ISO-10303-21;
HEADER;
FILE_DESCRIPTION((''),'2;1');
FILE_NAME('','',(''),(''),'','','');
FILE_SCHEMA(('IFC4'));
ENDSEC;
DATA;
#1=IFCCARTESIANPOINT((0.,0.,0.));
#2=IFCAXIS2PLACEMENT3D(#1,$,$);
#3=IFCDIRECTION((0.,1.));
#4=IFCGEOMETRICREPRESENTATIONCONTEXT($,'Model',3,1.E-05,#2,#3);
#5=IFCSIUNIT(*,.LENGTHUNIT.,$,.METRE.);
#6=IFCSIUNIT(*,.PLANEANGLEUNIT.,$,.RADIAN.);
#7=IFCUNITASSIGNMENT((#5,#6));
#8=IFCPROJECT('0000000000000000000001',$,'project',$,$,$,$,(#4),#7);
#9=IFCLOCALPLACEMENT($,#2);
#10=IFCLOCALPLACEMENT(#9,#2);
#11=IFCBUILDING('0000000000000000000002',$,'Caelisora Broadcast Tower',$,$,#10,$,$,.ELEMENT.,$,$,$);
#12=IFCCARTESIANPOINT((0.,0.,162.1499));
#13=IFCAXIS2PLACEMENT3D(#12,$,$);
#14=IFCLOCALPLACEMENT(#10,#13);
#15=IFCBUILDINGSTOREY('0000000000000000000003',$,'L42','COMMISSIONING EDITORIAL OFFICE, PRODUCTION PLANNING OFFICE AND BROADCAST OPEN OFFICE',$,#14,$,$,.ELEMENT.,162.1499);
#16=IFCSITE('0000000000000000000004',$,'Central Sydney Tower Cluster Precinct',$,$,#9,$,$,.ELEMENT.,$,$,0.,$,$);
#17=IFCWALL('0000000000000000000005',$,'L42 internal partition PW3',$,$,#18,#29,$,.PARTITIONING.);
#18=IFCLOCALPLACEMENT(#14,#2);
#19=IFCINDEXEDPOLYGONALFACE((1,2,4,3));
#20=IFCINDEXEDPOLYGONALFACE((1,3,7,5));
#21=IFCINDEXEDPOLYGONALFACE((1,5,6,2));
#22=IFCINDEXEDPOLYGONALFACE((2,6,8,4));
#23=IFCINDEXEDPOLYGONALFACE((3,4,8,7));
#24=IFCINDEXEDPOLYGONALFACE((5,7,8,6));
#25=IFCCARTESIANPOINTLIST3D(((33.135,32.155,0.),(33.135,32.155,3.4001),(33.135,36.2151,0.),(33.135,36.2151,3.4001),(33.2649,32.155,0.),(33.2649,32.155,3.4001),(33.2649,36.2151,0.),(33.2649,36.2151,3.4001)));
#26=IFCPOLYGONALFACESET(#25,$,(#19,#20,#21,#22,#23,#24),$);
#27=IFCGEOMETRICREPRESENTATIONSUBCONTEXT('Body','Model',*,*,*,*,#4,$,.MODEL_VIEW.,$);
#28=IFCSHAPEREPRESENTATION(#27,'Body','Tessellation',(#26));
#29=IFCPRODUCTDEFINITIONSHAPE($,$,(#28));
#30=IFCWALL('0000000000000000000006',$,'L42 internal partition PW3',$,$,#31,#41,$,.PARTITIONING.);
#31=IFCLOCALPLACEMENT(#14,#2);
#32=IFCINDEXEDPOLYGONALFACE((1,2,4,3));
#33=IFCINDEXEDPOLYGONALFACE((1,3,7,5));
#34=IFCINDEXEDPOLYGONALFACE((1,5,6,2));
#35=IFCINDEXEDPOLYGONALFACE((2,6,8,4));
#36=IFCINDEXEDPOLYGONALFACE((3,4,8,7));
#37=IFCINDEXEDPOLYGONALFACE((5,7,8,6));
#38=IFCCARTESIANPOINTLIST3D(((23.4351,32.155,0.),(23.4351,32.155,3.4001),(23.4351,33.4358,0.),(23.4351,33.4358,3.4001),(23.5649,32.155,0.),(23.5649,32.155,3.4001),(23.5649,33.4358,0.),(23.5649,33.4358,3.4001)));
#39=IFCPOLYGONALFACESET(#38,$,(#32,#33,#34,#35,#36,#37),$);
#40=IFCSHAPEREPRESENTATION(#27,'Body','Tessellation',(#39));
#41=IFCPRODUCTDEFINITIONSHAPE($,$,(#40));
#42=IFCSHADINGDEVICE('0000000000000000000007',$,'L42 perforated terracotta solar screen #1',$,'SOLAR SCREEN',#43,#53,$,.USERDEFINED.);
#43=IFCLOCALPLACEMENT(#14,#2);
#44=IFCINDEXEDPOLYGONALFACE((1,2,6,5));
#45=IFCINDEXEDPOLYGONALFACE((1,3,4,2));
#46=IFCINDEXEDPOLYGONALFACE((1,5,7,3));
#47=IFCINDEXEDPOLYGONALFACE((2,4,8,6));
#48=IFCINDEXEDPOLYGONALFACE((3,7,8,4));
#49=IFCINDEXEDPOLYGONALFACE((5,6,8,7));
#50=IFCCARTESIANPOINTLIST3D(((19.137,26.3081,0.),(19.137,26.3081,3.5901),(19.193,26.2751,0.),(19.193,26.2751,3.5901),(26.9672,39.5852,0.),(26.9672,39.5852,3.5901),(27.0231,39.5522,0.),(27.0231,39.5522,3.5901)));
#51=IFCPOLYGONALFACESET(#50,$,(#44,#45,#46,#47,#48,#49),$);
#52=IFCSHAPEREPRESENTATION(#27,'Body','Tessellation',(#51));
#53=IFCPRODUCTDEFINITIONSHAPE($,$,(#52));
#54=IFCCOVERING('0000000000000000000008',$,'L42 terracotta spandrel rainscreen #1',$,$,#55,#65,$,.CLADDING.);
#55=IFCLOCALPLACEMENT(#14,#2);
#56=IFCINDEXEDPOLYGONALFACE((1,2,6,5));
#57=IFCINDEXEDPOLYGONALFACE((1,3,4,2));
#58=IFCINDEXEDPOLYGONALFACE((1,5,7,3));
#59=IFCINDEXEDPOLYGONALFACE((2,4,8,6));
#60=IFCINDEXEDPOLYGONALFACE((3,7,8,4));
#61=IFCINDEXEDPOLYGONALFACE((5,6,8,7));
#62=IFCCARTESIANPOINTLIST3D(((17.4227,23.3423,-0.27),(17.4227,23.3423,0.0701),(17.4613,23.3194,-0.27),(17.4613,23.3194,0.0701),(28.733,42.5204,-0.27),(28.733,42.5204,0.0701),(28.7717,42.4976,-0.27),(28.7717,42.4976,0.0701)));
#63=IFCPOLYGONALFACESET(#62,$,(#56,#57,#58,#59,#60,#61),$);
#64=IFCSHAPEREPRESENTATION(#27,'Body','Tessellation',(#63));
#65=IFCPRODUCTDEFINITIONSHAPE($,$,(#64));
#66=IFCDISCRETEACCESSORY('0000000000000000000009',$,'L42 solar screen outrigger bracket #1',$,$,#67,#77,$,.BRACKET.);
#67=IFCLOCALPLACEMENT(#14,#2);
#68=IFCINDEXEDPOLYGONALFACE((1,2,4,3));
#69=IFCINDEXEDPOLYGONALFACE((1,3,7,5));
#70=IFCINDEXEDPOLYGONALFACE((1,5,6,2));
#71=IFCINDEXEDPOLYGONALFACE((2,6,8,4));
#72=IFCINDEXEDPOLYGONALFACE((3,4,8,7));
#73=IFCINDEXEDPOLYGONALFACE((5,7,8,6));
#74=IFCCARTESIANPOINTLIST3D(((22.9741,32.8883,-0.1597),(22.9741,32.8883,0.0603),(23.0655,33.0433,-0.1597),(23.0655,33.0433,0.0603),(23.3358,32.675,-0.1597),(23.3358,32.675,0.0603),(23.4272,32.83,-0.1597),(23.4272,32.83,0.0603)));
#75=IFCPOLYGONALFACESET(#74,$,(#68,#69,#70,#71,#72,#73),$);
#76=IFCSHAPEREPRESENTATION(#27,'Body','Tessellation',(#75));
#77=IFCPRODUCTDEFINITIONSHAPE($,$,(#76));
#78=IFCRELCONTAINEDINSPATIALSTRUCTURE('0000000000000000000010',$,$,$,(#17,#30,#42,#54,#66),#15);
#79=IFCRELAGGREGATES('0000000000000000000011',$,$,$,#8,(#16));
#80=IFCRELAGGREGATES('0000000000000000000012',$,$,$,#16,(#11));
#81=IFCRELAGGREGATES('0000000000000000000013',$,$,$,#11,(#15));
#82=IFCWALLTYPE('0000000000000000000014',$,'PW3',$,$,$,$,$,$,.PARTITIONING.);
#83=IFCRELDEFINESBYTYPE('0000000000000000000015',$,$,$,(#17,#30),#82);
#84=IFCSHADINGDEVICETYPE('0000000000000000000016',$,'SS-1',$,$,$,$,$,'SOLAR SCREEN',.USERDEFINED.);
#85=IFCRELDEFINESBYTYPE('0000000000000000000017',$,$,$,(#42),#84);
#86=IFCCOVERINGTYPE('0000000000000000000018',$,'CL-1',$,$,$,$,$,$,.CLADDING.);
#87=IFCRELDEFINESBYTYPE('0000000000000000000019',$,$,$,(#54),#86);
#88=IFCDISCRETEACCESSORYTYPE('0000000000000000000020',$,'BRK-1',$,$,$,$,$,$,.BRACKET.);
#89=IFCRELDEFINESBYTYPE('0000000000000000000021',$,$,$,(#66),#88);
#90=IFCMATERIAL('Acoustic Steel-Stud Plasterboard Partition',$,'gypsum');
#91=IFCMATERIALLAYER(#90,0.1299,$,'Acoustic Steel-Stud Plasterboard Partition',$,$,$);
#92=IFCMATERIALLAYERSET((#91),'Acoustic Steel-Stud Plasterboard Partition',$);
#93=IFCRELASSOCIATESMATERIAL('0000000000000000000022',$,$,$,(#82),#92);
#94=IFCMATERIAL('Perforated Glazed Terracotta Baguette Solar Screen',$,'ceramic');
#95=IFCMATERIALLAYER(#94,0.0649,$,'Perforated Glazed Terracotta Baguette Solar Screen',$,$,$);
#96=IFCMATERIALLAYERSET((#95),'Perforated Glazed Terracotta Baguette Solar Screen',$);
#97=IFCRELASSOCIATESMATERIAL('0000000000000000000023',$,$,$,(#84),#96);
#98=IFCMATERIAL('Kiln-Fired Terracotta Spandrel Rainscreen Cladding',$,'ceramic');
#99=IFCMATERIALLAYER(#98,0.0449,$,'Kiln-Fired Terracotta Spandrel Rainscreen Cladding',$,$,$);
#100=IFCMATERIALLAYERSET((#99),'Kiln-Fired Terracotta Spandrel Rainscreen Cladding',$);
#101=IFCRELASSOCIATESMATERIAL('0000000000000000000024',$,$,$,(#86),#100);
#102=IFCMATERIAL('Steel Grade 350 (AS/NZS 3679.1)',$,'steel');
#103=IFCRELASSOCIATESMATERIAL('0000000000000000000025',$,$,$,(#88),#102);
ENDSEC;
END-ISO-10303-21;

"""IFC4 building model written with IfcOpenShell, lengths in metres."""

from ifc_helpers import new_model, si_unit, direction, frame, frame_2d, origin, origin_2d, place, context, subcontext, project, spatial, rectangle, extrude, source, transform, mapped, material, layer, layer_set, type_object, type_shapes, element, save


model = new_model("IFC4")

# Units and contexts
model_context = context("Model", 3, precision=1e-05, world=origin(), true_north=direction((0.0, 1.0)))
body_context = subcontext(model_context, "Body", "Model", "MODEL_VIEW")
ifc_project = project(units=[si_unit("LENGTHUNIT", "METRE"), si_unit("PLANEANGLEUNIT", "RADIAN")], contexts=[model_context])

# Site, building, storey
site_placement = place(None, origin())
site = spatial("IfcSite", under=ifc_project, at=site_placement, Name="Central Sydney Tower Cluster Precinct", CompositionType="ELEMENT", RefElevation=0.0)
building_placement = place(site_placement, origin())
building = spatial("IfcBuilding", under=site, at=building_placement, Name="Caelisora Broadcast Tower", CompositionType="ELEMENT")
storey_placement = place(building_placement, frame((0.0, 0.0, 162.1499)))
storey = spatial("IfcBuildingStorey", under=building, at=storey_placement, Name="L42", Description="COMMISSIONING EDITORIAL OFFICE, PRODUCTION PLANNING OFFICE AND BROADCAST OPEN OFFICE", CompositionType="ELEMENT", Elevation=162.1499)

# Shared definitions
ifc_material_1 = material(Name="Steel Grade 350 (AS/NZS 3679.1)", Category="steel")

# Shared definitions
ifc_material_2 = material(Name="Acoustic Steel-Stud Plasterboard Partition", Category="gypsum")
ifc_layer_1 = layer(ifc_material_2, 0.1299, Name="Acoustic Steel-Stud Plasterboard Partition")
ifc_layer_set_1 = layer_set([ifc_layer_1], Name="Acoustic Steel-Stud Plasterboard Partition")
wall_type = type_object("IfcWallType", Name="PW3", PredefinedType="PARTITIONING", material=ifc_layer_set_1)

# Walls
wall_1_placement = place(storey_placement, frame((33.2, 32.155, 0.0), z_axis=(0.0, 0.0, 1.0), x_axis=(0.0, 1.0, 0.0)))
element("IfcWall", 1, at=wall_1_placement, inside=storey, type_object=wall_type, Name="L42 internal partition PW3", PredefinedType="PARTITIONING", context=body_context, shape_type="SweptSolid", body=[
    extrude(rectangle(XDim=4.0601, YDim=0.1299, at=frame_2d((2.03, 0.0))), origin(), (0.0, 0.0, 1.0), 3.4001),
])
wall_2_placement = place(storey_placement, frame((23.5, 32.155, 0.0), z_axis=(0.0, 0.0, 1.0), x_axis=(0.0, 1.0, 0.0)))
element("IfcWall", 2, at=wall_2_placement, inside=storey, type_object=wall_type, Name="L42 internal partition PW3", PredefinedType="PARTITIONING", context=body_context, shape_type="SweptSolid", body=[
    extrude(rectangle(XDim=1.2808, YDim=0.1299, at=frame_2d((0.6404, 0.0))), origin(), (0.0, 0.0, 1.0), 3.4001),
])

# Shading device
ifc_material_3 = material(Name="Perforated Glazed Terracotta Baguette Solar Screen", Category="ceramic")
ifc_layer_2 = layer(ifc_material_3, 0.0649, Name="Perforated Glazed Terracotta Baguette Solar Screen")
ifc_layer_set_2 = layer_set([ifc_layer_2], Name="Perforated Glazed Terracotta Baguette Solar Screen")
shading_device_type = type_object("IfcShadingDeviceType", Name="SS-1", ElementType="SOLAR SCREEN", PredefinedType="USERDEFINED", material=ifc_layer_set_2)
shared_shape_1 = source(origin(), body_context, "Body", "SweptSolid", [
    extrude(rectangle(XDim=15.4141, YDim=0.0649, at=origin_2d()), origin(), (0.0, 0.0, 1.0), 3.5901),
])
type_shapes(shading_device_type, [shared_shape_1])
shading_device_placement = place(storey_placement, frame((23.0801, 32.9302, 0.0), z_axis=(0.0, 0.0, 1.0), x_axis=(-0.507989, -0.861363, 0.0)))
element("IfcShadingDevice", 3, at=shading_device_placement, inside=storey, type_object=shading_device_type, Name="L42 perforated terracotta solar screen #1", ObjectType="SOLAR SCREEN", PredefinedType="USERDEFINED", context=body_context, shape_type="MappedRepresentation", body=[
    mapped(shared_shape_1, transform((0.0, 0.0, 0.0), scale=1.0)),
])

# Covering
ifc_material_4 = material(Name="Kiln-Fired Terracotta Spandrel Rainscreen Cladding", Category="ceramic")
ifc_layer_3 = layer(ifc_material_4, 0.0449, Name="Kiln-Fired Terracotta Spandrel Rainscreen Cladding")
ifc_layer_set_3 = layer_set([ifc_layer_3], Name="Kiln-Fired Terracotta Spandrel Rainscreen Cladding")
covering_type = type_object("IfcCoveringType", Name="CL-1", PredefinedType="CLADDING", material=ifc_layer_set_3)
shared_shape_2 = source(origin(), body_context, "Body", "SweptSolid", [
    extrude(rectangle(XDim=22.2649, YDim=0.0449, at=origin_2d()), origin(), (0.0, 0.0, 1.0), 0.3401),
])
type_shapes(covering_type, [shared_shape_2])
covering_placement = place(storey_placement, frame((23.0972, 32.9199, -0.27), z_axis=(0.0, 0.0, 1.0), x_axis=(-0.507989, -0.861363, 0.0)))
element("IfcCovering", 4, at=covering_placement, inside=storey, type_object=covering_type, Name="L42 terracotta spandrel rainscreen #1", PredefinedType="CLADDING", context=body_context, shape_type="MappedRepresentation", body=[
    mapped(shared_shape_2, transform((0.0, 0.0, 0.0), scale=1.0)),
])

# Discrete accessory
discrete_accessory_type = type_object("IfcDiscreteAccessoryType", Name="BRK-1", PredefinedType="BRACKET", material=ifc_material_1)
shared_shape_3 = source(origin(), body_context, "Body", "SweptSolid", [
    extrude(rectangle(XDim=0.1799, YDim=0.4199, at=origin_2d()), origin(), (0.0, 0.0, 1.0), 0.22),
])
type_shapes(discrete_accessory_type, [shared_shape_3])
discrete_accessory_placement = place(storey_placement, frame((23.2007, 32.8591, -0.1597), z_axis=(0.0, 0.0, 1.0), x_axis=(-0.507989, -0.861363, 0.0)))
element("IfcDiscreteAccessory", 5, at=discrete_accessory_placement, inside=storey, type_object=discrete_accessory_type, Name="L42 solar screen outrigger bracket #1", PredefinedType="BRACKET", context=body_context, shape_type="MappedRepresentation", body=[
    mapped(shared_shape_3, transform((0.0, 0.0, 0.0), scale=1.0)),
])

save(model, "model.ifc")
